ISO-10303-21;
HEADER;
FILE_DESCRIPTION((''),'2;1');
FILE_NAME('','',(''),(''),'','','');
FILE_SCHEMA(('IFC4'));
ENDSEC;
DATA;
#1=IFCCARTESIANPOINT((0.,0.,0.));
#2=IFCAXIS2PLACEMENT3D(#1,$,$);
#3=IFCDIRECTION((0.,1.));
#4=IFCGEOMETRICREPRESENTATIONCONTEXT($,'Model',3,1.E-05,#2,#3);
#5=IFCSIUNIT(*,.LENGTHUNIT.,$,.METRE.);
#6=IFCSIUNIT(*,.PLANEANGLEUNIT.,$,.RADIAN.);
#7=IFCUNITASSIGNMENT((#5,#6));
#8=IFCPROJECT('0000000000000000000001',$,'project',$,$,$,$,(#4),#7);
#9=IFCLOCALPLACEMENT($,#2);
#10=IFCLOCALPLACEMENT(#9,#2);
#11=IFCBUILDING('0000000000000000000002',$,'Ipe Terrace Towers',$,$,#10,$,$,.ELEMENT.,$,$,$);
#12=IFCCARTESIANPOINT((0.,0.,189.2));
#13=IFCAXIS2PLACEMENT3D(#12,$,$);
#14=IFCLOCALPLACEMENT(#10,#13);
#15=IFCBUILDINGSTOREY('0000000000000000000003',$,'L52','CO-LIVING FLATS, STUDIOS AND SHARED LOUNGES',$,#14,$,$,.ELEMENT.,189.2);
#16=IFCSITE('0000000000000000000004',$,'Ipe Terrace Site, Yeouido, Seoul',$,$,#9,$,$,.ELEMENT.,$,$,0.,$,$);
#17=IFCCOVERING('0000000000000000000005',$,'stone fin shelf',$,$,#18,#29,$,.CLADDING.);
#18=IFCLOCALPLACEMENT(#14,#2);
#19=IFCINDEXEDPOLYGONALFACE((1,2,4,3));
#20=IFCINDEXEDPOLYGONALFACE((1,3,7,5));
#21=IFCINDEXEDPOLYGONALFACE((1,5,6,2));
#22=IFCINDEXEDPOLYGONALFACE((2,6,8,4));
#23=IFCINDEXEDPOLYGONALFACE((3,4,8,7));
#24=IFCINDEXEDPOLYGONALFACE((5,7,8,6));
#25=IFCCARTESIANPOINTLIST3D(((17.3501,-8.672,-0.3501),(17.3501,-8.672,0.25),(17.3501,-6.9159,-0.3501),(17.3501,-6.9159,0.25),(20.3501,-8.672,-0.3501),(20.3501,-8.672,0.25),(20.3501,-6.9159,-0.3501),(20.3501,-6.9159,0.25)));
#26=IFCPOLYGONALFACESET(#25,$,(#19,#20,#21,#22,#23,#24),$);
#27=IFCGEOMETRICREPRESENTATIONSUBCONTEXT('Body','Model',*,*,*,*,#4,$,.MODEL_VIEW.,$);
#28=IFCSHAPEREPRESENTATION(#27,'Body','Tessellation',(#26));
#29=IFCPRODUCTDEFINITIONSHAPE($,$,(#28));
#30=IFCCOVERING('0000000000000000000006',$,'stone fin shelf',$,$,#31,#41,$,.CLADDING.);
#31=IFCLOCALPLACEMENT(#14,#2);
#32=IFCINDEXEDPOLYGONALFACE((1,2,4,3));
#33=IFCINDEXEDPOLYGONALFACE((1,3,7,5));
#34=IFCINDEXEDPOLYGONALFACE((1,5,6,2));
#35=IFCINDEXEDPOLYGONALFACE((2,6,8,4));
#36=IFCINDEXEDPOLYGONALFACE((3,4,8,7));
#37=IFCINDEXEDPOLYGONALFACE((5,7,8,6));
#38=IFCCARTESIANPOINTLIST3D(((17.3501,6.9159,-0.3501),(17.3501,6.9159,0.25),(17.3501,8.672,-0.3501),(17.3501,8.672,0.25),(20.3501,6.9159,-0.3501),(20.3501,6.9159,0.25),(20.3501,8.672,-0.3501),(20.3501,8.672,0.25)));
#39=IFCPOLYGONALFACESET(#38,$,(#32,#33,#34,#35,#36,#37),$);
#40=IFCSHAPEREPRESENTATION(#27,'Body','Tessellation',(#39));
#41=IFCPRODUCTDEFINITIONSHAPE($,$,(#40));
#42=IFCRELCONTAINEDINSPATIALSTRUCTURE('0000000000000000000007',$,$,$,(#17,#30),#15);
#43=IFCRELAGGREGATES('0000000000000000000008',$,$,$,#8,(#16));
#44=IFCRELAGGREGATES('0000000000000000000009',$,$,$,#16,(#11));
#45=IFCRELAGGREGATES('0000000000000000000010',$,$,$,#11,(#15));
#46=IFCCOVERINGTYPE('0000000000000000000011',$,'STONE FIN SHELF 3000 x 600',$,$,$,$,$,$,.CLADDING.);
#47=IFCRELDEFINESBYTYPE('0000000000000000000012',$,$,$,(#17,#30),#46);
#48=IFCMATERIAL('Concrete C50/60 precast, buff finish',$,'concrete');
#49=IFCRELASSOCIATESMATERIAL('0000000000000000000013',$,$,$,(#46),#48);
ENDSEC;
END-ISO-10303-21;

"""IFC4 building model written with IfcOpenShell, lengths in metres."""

from ifc_helpers import new_model, si_unit, direction, frame, origin, origin_2d, place, context, subcontext, project, spatial, rectangle, extrude, material, type_object, element, save


model = new_model("IFC4")

# Units and contexts
model_context = context("Model", 3, precision=1e-05, world=origin(), true_north=direction((0.0, 1.0)))
body_context = subcontext(model_context, "Body", "Model", "MODEL_VIEW")
ifc_project = project(units=[si_unit("LENGTHUNIT", "METRE"), si_unit("PLANEANGLEUNIT", "RADIAN")], contexts=[model_context])

# Site, building, storey
site_placement = place(None, origin())
site = spatial("IfcSite", under=ifc_project, at=site_placement, Name="Ipe Terrace Site, Yeouido, Seoul", CompositionType="ELEMENT", RefElevation=0.0)
building_placement = place(site_placement, origin())
building = spatial("IfcBuilding", under=site, at=building_placement, Name="Ipe Terrace Towers", CompositionType="ELEMENT")
storey_placement = place(building_placement, frame((0.0, 0.0, 189.2)))
storey = spatial("IfcBuildingStorey", under=building, at=storey_placement, Name="L52", Description="CO-LIVING FLATS, STUDIOS AND SHARED LOUNGES", CompositionType="ELEMENT", Elevation=189.2)

# Coverings
ifc_material_1 = material(Name="Concrete C50/60 precast, buff finish", Category="concrete")
covering_type_1 = type_object("IfcCoveringType", Name="STONE FIN SHELF 3000 x 600", PredefinedType="CLADDING", material=ifc_material_1)
for number, where, z_axis, x_axis, name in (
    (1, (18.8501, -7.7939, -0.3501), (0.0, 0.0, 1.0), (1.0, 0.0, 0.0), "stone fin shelf"),
    (2, (18.8501, 7.7939, -0.3501), (0.0, 0.0, 1.0), (-1.0, 0.0, 0.0), "stone fin shelf"),
):
    element("IfcCovering", number, at=place(storey_placement, frame(where, z_axis=z_axis, x_axis=x_axis)), inside=storey, type_object=covering_type_1, Name=name, PredefinedType="CLADDING", context=body_context, shape_type="SweptSolid", body=[
        extrude(rectangle(XDim=3.0, YDim=1.7561, at=origin_2d()), origin(), (0.0, 0.0, 1.0), 0.6001),
    ])

save(model, "model.ifc")
